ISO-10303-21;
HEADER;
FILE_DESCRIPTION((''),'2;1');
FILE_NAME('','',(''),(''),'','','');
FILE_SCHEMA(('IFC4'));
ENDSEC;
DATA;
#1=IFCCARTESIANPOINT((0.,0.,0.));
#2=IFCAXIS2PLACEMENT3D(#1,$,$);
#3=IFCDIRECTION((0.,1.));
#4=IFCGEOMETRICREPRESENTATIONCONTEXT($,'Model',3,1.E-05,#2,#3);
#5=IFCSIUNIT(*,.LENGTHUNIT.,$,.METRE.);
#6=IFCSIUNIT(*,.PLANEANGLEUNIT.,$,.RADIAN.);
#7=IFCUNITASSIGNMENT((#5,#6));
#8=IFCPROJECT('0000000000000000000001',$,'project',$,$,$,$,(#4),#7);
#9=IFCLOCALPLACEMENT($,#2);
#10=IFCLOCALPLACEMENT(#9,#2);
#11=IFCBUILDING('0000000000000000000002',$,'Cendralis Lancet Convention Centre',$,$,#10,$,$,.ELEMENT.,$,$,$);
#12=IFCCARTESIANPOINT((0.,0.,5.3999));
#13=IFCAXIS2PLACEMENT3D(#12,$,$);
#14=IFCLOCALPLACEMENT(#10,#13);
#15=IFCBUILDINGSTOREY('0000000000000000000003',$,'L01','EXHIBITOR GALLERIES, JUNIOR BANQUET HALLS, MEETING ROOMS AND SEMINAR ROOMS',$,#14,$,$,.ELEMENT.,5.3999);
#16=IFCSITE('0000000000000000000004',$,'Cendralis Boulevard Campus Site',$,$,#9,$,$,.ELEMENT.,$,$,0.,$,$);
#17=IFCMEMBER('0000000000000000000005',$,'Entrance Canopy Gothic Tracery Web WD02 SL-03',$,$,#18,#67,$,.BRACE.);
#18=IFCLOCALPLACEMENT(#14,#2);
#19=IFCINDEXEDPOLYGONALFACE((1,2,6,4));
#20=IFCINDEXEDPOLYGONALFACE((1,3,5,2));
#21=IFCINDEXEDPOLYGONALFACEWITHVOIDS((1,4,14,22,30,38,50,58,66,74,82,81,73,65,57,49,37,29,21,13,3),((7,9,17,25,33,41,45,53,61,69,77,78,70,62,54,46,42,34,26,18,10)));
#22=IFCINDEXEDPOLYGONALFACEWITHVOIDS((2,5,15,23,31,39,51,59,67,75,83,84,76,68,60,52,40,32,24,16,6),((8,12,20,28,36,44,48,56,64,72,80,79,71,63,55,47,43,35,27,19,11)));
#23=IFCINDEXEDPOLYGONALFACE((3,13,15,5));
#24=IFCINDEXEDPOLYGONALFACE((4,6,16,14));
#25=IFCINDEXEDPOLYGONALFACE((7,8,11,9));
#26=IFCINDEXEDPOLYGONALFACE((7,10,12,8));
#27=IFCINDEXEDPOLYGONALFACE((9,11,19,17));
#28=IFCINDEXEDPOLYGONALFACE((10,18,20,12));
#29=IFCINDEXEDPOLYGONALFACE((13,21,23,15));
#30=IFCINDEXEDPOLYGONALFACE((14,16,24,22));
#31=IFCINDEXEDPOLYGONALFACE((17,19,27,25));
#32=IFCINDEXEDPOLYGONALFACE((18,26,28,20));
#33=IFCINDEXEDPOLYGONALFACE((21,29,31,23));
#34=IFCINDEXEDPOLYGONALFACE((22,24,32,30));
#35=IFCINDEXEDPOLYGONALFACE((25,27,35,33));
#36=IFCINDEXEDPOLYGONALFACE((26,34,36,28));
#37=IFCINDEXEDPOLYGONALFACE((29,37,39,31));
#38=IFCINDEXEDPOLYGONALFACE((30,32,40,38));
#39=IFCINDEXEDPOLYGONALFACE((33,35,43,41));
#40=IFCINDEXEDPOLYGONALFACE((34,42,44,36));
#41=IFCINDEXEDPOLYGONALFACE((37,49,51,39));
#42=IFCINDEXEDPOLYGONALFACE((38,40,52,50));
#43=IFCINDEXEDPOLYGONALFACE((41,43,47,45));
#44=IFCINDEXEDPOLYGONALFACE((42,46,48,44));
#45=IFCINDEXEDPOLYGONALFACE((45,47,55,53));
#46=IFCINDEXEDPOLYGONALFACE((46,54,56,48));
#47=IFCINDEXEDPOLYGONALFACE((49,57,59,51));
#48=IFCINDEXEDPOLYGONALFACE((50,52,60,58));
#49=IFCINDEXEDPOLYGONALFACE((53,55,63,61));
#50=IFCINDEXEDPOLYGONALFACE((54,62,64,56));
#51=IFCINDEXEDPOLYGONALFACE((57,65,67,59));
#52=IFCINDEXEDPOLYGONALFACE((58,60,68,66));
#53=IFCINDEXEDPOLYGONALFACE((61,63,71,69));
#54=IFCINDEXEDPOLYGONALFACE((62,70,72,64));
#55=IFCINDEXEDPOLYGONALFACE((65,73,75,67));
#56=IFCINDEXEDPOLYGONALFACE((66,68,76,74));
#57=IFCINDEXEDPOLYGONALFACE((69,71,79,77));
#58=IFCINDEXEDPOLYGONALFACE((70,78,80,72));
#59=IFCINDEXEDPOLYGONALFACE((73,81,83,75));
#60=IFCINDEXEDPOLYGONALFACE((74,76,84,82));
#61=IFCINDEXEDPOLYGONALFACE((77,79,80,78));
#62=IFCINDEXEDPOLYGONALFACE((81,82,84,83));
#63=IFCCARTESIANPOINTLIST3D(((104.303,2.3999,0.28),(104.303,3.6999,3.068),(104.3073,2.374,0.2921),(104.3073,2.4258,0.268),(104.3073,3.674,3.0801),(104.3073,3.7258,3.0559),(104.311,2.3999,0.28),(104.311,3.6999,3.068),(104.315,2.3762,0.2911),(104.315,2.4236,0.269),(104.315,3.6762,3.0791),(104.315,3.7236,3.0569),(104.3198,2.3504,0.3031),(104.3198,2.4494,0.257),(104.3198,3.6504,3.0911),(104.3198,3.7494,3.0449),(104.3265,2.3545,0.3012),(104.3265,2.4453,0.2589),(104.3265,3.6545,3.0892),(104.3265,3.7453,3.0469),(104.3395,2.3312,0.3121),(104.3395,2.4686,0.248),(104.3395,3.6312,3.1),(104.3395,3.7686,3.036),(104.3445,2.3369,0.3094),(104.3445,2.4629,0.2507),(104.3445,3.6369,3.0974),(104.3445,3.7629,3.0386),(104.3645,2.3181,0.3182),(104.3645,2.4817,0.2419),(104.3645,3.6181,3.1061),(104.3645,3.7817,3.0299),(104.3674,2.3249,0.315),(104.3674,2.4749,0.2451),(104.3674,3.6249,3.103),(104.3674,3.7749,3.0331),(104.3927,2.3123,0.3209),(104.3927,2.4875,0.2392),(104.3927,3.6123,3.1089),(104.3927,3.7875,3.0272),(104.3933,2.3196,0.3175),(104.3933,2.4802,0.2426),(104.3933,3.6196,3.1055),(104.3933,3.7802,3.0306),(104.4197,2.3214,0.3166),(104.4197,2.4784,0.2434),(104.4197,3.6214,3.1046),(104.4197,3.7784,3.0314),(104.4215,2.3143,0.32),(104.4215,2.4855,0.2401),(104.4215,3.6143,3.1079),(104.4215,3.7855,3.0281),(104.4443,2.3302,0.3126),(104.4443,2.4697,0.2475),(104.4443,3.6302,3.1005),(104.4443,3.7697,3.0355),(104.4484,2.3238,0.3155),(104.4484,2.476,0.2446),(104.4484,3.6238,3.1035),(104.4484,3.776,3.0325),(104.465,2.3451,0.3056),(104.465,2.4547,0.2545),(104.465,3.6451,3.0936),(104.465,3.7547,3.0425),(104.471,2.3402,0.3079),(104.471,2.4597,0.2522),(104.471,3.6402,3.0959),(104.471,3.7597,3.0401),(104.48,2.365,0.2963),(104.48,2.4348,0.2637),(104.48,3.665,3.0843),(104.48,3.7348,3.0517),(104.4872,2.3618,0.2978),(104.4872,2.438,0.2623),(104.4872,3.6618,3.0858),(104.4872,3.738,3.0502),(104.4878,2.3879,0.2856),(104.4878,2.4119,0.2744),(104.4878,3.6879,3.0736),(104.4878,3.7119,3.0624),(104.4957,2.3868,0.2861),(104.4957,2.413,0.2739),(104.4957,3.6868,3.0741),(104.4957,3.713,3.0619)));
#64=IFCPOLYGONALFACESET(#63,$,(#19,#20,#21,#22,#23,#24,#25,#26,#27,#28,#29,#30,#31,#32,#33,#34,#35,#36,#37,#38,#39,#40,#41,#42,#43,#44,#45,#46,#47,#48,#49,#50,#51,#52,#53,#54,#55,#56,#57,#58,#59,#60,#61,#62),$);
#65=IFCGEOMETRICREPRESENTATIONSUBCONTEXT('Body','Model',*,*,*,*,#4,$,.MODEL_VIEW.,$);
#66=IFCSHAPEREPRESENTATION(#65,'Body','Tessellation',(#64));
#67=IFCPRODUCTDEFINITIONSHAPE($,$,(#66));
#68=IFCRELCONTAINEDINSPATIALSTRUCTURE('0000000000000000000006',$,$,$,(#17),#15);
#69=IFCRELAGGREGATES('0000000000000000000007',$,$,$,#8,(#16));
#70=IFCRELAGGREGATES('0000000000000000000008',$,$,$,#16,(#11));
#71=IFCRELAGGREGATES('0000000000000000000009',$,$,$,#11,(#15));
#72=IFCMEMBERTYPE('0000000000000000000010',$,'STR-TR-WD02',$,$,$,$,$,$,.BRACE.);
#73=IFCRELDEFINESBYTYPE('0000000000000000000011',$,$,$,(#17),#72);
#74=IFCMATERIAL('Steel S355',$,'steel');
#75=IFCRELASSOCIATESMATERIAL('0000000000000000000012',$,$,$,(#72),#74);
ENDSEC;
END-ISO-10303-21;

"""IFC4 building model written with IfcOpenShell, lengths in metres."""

from ifc_helpers import new_model, si_unit, direction, frame, origin, origin_2d, place, context, subcontext, project, spatial, hollow_circle, extrude, material, material_profile, profile_set, type_object, element, save


model = new_model("IFC4")

# Units and contexts
model_context = context("Model", 3, precision=1e-05, world=origin(), true_north=direction((0.0, 1.0)))
body_context = subcontext(model_context, "Body", "Model", "MODEL_VIEW")
ifc_project = project(units=[si_unit("LENGTHUNIT", "METRE"), si_unit("PLANEANGLEUNIT", "RADIAN")], contexts=[model_context])

# Site, building, storey
site_placement = place(None, origin())
site = spatial("IfcSite", under=ifc_project, at=site_placement, Name="Cendralis Boulevard Campus Site", CompositionType="ELEMENT", RefElevation=0.0)
building_placement = place(site_placement, origin())
building = spatial("IfcBuilding", under=site, at=building_placement, Name="Cendralis Lancet Convention Centre", CompositionType="ELEMENT")
storey_placement = place(building_placement, frame((0.0, 0.0, 5.3999)))
storey = spatial("IfcBuildingStorey", under=building, at=storey_placement, Name="L01", Description="EXHIBITOR GALLERIES, JUNIOR BANQUET HALLS, MEETING ROOMS AND SEMINAR ROOMS", CompositionType="ELEMENT", Elevation=5.3999)

# Member
ifc_material = material(Name="Steel S355", Category="steel")
ifc_material_profile_1 = material_profile(ifc_material, hollow_circle(Radius=0.0969, WallThickness=0.0081, at=origin_2d()), Name="CHS 193.7x8.0")
ifc_profile_set_1 = profile_set([ifc_material_profile_1], Name="Steel S355")
member_type_1 = type_object("IfcMemberType", Name="STR-TR-WD02", PredefinedType="BRACE", material=ifc_profile_set_1)
for number, where, z_axis, x_axis, name in (
    (1, (104.3999, 2.3999, 0.28), (0.0, 0.422603, 0.906315), (-1.0, 0.0, 0.0), "Entrance Canopy Gothic Tracery Web WD02 SL-03"),
):
    element("IfcMember", number, at=place(storey_placement, frame(where, z_axis=z_axis, x_axis=x_axis)), inside=storey, type_object=member_type_1, Name=name, PredefinedType="BRACE", context=body_context, shape_type="SweptSolid", body=[
        extrude(hollow_circle(Radius=0.0969, WallThickness=0.0081, at=origin_2d()), origin(), (0.0, 0.0, 1.0), 3.0762),
    ])

save(model, "model.ifc")
